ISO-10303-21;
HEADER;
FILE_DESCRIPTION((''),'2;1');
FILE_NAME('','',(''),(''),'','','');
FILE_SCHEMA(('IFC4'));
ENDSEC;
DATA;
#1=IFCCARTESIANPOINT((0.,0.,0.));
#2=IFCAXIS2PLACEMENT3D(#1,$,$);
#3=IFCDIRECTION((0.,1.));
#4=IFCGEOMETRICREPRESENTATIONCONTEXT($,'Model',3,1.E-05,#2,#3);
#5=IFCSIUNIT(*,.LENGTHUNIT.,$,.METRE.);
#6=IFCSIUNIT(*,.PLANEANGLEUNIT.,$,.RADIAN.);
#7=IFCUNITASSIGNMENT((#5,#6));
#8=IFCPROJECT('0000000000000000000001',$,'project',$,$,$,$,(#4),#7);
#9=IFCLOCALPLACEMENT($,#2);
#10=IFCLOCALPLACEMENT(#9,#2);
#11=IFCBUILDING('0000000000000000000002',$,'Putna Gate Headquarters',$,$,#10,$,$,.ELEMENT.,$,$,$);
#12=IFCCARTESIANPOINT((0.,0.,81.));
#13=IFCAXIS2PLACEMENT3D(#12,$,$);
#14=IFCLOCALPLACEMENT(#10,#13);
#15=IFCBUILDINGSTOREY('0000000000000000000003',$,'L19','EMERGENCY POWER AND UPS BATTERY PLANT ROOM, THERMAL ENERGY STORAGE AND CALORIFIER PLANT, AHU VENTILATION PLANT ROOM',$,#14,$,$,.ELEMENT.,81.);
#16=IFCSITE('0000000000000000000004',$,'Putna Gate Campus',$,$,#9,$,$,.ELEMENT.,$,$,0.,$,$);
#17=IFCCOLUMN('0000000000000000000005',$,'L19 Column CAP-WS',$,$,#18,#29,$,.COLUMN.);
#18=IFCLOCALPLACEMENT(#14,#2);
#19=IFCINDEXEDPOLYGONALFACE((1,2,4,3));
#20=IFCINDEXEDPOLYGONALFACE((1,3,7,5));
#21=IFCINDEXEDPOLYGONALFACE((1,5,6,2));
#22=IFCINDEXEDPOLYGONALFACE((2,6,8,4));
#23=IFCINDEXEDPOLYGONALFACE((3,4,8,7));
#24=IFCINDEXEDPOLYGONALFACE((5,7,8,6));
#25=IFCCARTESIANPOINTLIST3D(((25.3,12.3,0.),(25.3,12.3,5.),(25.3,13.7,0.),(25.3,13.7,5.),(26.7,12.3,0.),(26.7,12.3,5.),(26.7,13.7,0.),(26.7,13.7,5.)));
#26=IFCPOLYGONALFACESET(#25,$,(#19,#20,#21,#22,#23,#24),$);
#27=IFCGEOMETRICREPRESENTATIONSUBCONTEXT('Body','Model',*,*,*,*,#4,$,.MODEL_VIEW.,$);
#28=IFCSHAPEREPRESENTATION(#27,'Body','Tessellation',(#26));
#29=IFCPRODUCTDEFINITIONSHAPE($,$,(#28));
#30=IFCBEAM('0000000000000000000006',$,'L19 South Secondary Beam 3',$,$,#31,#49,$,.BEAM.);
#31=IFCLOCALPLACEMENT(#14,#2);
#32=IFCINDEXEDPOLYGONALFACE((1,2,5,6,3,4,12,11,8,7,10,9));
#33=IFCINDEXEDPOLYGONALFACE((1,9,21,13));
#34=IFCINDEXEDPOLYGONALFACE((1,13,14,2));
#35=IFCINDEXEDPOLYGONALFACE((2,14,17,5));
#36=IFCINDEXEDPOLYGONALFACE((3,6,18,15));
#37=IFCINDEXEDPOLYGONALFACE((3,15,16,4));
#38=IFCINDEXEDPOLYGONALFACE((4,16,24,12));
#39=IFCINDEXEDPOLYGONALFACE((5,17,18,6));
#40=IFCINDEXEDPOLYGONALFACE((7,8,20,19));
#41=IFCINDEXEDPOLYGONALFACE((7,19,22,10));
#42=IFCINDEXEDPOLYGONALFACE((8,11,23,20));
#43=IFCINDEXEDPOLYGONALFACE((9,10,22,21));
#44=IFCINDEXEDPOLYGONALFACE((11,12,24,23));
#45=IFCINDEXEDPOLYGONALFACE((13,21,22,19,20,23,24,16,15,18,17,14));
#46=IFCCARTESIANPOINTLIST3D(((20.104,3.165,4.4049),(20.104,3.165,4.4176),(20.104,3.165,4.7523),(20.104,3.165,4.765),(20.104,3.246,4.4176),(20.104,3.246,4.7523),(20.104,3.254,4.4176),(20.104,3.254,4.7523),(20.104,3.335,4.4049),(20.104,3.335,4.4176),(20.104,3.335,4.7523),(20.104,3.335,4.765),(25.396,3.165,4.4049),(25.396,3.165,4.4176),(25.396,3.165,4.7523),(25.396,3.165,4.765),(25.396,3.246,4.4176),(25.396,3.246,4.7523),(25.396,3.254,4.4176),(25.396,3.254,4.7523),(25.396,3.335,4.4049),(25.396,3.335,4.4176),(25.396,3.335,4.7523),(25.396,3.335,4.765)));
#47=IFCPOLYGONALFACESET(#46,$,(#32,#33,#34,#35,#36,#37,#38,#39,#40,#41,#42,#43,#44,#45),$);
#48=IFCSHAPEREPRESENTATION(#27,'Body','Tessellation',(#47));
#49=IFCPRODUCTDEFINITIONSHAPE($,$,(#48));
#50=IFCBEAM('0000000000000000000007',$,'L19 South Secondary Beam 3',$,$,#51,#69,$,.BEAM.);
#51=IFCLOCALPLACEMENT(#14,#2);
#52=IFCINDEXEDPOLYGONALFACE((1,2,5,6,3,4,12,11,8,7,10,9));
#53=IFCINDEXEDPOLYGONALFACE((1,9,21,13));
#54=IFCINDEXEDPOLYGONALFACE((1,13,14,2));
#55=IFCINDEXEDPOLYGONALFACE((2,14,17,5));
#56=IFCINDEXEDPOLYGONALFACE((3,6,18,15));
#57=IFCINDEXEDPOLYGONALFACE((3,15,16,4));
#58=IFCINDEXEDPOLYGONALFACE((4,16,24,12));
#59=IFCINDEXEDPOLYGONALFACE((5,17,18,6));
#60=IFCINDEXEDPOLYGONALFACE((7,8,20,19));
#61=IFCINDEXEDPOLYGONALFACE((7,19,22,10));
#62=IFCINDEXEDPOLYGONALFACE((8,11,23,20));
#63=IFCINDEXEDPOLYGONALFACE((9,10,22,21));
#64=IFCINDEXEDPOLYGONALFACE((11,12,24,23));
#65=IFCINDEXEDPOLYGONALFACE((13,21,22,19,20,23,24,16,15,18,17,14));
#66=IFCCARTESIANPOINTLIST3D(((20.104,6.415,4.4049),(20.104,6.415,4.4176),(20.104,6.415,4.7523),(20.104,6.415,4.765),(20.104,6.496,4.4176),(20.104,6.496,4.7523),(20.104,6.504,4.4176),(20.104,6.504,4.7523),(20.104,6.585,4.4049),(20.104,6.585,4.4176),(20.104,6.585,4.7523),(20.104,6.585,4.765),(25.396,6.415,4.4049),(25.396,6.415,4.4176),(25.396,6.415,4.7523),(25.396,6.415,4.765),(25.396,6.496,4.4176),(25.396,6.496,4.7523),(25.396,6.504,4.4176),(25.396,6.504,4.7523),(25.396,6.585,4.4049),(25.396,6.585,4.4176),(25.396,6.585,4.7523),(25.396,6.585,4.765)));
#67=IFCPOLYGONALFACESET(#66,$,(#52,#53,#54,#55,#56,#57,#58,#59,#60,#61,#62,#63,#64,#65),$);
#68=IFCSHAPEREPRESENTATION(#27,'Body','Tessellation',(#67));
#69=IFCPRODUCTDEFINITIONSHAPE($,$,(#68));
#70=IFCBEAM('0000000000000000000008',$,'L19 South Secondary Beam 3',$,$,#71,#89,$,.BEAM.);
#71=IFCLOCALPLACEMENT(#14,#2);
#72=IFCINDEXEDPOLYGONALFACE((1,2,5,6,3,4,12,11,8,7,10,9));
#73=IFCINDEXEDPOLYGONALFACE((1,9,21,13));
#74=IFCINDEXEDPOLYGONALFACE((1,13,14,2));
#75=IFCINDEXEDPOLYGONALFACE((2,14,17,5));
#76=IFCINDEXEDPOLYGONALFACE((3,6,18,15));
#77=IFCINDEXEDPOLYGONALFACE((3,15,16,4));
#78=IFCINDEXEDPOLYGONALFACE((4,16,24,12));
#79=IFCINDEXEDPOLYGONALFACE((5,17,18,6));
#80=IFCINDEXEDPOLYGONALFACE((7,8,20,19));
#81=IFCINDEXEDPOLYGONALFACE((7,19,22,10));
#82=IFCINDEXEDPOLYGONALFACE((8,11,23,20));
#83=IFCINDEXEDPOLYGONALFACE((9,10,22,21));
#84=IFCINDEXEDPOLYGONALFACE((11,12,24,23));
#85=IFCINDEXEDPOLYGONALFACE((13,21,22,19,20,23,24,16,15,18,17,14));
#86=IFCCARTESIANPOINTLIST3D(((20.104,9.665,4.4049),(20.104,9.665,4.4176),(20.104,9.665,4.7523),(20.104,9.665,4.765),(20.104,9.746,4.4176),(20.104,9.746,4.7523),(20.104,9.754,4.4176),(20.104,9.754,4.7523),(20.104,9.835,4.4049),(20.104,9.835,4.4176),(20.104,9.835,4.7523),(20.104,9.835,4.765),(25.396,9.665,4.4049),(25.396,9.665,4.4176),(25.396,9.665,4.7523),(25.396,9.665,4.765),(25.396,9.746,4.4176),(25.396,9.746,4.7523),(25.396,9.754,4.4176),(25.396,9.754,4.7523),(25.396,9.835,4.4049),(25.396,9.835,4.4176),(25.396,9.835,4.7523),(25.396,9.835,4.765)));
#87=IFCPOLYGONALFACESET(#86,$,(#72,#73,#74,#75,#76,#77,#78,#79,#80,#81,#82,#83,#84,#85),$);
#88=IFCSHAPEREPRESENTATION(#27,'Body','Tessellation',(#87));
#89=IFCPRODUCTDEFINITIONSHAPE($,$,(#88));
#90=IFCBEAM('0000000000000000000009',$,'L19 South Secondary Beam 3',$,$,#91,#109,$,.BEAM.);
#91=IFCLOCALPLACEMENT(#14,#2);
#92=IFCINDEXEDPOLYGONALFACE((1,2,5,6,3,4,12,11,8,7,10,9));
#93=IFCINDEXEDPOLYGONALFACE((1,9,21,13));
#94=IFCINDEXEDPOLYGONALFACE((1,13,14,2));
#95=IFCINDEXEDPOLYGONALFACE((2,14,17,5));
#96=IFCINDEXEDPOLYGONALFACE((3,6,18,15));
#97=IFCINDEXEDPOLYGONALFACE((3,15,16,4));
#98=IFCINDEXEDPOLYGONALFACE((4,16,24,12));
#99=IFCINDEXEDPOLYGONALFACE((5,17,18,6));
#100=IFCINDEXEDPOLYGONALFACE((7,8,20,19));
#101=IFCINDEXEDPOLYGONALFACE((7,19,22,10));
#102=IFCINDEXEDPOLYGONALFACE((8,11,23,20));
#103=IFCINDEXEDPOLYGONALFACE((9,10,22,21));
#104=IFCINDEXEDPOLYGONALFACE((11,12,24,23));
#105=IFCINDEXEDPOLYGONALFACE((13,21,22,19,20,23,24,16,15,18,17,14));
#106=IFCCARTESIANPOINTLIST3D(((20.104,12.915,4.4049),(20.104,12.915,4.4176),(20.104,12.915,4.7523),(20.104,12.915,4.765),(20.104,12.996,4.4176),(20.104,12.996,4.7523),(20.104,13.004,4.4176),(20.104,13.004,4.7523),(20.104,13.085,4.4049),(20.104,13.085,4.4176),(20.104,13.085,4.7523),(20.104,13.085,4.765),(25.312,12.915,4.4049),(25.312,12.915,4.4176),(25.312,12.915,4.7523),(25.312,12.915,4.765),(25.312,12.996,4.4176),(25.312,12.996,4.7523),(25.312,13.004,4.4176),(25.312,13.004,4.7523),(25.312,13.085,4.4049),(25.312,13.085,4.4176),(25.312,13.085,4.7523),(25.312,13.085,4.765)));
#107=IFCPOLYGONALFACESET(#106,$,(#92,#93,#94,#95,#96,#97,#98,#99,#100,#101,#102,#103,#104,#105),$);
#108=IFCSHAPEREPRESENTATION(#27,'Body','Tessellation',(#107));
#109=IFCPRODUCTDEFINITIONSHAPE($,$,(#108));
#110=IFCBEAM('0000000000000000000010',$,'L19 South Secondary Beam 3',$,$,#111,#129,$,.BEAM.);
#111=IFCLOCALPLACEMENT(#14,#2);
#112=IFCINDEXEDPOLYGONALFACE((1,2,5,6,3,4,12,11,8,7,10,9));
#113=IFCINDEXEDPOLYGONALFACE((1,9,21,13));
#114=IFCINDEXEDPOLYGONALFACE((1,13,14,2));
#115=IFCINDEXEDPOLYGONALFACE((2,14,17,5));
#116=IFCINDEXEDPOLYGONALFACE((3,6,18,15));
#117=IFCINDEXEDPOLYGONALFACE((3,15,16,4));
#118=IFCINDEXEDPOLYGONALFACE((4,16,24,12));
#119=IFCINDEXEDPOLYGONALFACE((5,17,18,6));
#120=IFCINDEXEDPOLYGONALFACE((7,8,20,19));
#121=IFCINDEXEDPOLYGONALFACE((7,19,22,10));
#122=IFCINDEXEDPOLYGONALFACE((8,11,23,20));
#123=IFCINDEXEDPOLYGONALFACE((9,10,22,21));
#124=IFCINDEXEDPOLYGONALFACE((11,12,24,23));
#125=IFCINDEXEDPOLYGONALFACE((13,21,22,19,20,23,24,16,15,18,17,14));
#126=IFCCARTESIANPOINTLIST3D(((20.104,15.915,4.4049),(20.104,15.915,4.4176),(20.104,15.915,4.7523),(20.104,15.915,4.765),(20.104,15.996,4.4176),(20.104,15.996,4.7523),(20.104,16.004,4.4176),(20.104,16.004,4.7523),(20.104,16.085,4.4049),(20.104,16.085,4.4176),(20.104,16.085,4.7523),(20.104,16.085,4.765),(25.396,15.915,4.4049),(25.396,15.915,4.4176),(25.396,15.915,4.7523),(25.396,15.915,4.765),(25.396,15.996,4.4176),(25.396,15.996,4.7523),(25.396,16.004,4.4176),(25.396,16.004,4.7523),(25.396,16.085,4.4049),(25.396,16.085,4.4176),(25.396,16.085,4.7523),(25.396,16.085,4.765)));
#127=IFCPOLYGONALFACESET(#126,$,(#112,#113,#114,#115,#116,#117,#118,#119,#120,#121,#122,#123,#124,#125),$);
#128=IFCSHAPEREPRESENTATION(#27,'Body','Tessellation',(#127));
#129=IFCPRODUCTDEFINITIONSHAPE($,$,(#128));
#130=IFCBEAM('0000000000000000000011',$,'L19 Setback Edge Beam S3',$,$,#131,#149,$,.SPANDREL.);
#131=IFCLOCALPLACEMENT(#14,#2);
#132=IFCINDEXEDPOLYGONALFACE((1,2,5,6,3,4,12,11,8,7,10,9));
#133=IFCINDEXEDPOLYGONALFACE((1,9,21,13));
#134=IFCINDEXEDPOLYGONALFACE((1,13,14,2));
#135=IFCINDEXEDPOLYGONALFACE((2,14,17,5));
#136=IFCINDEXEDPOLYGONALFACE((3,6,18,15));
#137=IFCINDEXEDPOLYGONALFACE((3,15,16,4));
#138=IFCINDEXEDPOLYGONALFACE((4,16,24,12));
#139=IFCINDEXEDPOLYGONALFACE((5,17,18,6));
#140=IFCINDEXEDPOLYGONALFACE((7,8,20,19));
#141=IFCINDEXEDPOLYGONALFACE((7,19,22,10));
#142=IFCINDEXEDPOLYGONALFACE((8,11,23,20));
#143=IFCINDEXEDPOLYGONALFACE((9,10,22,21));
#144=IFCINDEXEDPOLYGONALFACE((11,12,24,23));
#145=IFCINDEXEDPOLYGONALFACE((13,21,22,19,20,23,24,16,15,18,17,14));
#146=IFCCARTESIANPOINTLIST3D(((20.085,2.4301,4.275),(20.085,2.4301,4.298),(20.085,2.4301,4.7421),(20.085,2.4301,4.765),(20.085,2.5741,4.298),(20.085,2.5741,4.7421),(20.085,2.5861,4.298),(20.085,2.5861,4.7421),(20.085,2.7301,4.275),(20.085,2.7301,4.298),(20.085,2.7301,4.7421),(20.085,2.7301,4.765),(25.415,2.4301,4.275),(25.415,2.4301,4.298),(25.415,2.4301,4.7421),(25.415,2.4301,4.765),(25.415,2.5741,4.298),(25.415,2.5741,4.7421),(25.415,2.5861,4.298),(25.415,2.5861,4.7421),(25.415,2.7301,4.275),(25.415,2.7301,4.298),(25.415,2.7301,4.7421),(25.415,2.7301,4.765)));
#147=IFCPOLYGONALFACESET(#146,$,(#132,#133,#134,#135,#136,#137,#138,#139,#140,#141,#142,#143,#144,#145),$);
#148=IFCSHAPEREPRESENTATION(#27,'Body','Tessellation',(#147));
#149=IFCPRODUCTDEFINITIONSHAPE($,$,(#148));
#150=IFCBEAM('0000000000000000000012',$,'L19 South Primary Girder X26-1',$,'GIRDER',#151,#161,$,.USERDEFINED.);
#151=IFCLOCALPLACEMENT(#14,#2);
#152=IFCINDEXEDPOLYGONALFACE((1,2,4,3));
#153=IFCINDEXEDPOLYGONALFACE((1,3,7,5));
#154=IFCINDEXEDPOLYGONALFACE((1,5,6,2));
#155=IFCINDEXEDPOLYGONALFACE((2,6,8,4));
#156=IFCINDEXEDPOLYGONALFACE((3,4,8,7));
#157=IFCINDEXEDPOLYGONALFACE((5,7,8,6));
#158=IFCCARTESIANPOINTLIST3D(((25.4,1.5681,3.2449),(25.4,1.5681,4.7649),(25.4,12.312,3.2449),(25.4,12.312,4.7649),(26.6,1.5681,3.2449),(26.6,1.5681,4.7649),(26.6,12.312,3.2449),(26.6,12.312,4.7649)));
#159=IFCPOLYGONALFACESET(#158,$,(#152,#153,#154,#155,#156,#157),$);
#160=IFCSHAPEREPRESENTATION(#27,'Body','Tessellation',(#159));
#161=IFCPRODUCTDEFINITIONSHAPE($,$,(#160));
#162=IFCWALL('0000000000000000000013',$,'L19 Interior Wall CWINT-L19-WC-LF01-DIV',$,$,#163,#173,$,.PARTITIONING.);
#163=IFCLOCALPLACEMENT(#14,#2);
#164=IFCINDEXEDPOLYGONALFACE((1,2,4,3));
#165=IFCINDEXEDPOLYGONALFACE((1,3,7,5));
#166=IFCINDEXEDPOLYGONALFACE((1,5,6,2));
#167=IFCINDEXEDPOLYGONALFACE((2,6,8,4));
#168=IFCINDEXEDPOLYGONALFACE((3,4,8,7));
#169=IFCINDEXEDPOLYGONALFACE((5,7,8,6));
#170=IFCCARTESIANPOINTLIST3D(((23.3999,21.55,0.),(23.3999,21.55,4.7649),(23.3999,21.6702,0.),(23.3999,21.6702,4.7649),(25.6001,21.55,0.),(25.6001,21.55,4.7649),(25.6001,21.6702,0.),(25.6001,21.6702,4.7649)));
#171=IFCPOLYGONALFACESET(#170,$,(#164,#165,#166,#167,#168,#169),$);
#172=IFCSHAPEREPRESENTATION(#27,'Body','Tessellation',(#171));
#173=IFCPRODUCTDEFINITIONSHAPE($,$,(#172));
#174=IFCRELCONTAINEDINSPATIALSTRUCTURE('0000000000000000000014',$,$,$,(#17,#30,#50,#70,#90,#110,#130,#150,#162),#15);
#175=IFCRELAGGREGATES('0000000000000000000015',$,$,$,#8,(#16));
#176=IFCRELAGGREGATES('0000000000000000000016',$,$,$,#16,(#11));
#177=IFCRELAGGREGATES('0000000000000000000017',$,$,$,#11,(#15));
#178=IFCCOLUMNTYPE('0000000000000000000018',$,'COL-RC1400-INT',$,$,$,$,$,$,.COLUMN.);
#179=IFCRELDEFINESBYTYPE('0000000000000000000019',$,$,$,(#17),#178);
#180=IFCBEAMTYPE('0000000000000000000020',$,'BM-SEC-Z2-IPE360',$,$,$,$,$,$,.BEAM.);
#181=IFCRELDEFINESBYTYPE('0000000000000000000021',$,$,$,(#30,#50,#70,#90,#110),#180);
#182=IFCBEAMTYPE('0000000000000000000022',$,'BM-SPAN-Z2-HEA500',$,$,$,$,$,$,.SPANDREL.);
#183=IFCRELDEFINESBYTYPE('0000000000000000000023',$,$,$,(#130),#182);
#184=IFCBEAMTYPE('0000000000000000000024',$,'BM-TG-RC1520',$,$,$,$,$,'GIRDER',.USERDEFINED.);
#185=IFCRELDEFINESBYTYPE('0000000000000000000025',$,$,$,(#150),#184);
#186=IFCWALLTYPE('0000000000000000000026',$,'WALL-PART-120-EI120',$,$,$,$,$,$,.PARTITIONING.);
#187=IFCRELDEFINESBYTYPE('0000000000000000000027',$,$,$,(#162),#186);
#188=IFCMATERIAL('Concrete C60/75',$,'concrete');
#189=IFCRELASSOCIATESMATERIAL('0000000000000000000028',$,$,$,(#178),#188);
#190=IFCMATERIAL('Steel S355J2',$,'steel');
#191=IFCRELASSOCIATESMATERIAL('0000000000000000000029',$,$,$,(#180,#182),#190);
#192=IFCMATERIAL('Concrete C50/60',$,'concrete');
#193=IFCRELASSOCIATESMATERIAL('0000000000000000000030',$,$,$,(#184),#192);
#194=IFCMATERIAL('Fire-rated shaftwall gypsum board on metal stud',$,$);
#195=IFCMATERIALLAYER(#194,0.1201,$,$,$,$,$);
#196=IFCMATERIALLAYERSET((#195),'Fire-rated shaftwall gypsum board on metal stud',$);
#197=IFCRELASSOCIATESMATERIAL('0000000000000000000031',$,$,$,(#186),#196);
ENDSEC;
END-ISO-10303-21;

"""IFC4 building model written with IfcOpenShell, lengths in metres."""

from ifc_helpers import new_model, si_unit, direction, frame, frame_2d, origin, origin_2d, place, context, subcontext, project, spatial, rectangle, i_section, extrude, material, layer, layer_set, material_profile, profile_set, type_object, element, save


model = new_model("IFC4")

# Units and contexts
model_context = context("Model", 3, precision=1e-05, world=origin(), true_north=direction((0.0, 1.0)))
body_context = subcontext(model_context, "Body", "Model", "MODEL_VIEW")
ifc_project = project(units=[si_unit("LENGTHUNIT", "METRE"), si_unit("PLANEANGLEUNIT", "RADIAN")], contexts=[model_context])

# Site, building, storey
site_placement = place(None, origin())
site = spatial("IfcSite", under=ifc_project, at=site_placement, Name="Putna Gate Campus", CompositionType="ELEMENT", RefElevation=0.0)
building_placement = place(site_placement, origin())
building = spatial("IfcBuilding", under=site, at=building_placement, Name="Putna Gate Headquarters", CompositionType="ELEMENT")
storey_placement = place(building_placement, frame((0.0, 0.0, 81.0)))
storey = spatial("IfcBuildingStorey", under=building, at=storey_placement, Name="L19", Description="EMERGENCY POWER AND UPS BATTERY PLANT ROOM, THERMAL ENERGY STORAGE AND CALORIFIER PLANT, AHU VENTILATION PLANT ROOM", CompositionType="ELEMENT", Elevation=81.0)

# Column
ifc_material_1 = material(Name="Concrete C60/75", Category="concrete")
ifc_material_profile_1 = material_profile(ifc_material_1, rectangle(XDim=1.3999, YDim=1.3999, at=origin_2d()), Name="Concrete C60/75")
ifc_profile_set_1 = profile_set([ifc_material_profile_1], Name="Concrete C60/75")
column_type = type_object("IfcColumnType", Name="COL-RC1400-INT", PredefinedType="COLUMN", material=ifc_profile_set_1)
column_placement = place(storey_placement, frame((26.0, 13.0, 0.0), z_axis=(0.0, 0.0, 1.0), x_axis=(1.0, 0.0, 0.0)))
element("IfcColumn", 1, at=column_placement, inside=storey, type_object=column_type, Name="L19 Column CAP-WS", PredefinedType="COLUMN", context=body_context, shape_type="SweptSolid", body=[
    extrude(rectangle(XDim=1.3999, YDim=1.3999, at=origin_2d()), origin(), (0.0, 0.0, 1.0), 5.0),
])

# Beams
ifc_material_2 = material(Name="Steel S355J2", Category="steel")
ifc_material_profile_2 = material_profile(ifc_material_2, i_section(OverallWidth=0.1699, OverallDepth=0.3601, WebThickness=0.0081, FlangeThickness=0.0127, at=origin_2d()), Name="Steel S355J2")
ifc_profile_set_2 = profile_set([ifc_material_profile_2], Name="Steel S355J2")
beam_type_1 = type_object("IfcBeamType", Name="BM-SEC-Z2-IPE360", PredefinedType="BEAM", material=ifc_profile_set_2)
for number, where, z_axis, x_axis, name in (
    (2, (20.104, 3.25, 4.585), (1.0, 0.0, 0.0), (0.0, 1.0, 0.0), "L19 South Secondary Beam 3"),
    (3, (20.104, 6.5, 4.585), (1.0, 0.0, 0.0), (0.0, 1.0, 0.0), "L19 South Secondary Beam 3"),
    (4, (20.104, 9.75, 4.585), (1.0, 0.0, 0.0), (0.0, 1.0, 0.0), "L19 South Secondary Beam 3"),
):
    element("IfcBeam", number, at=place(storey_placement, frame(where, z_axis=z_axis, x_axis=x_axis)), inside=storey, type_object=beam_type_1, Name=name, PredefinedType="BEAM", context=body_context, shape_type="SweptSolid", body=[
        extrude(i_section(OverallWidth=0.1699, OverallDepth=0.3601, WebThickness=0.0081, FlangeThickness=0.0127, at=origin_2d()), origin(), (0.0, 0.0, 1.0), 5.292),
    ])
beam_1_placement = place(storey_placement, frame((20.104, 13.0, 4.585), z_axis=(1.0, 0.0, 0.0), x_axis=(0.0, 1.0, 0.0)))
element("IfcBeam", 5, at=beam_1_placement, inside=storey, type_object=beam_type_1, Name="L19 South Secondary Beam 3", PredefinedType="BEAM", context=body_context, shape_type="SweptSolid", body=[
    extrude(i_section(OverallWidth=0.1699, OverallDepth=0.3601, WebThickness=0.0081, FlangeThickness=0.0127, at=origin_2d()), origin(), (0.0, 0.0, 1.0), 5.208),
])
beam_2_placement = place(storey_placement, frame((20.104, 16.0, 4.585), z_axis=(1.0, 0.0, 0.0), x_axis=(0.0, 1.0, 0.0)))
element("IfcBeam", 6, at=beam_2_placement, inside=storey, type_object=beam_type_1, Name="L19 South Secondary Beam 3", PredefinedType="BEAM", context=body_context, shape_type="SweptSolid", body=[
    extrude(i_section(OverallWidth=0.1699, OverallDepth=0.3601, WebThickness=0.0081, FlangeThickness=0.0127, at=origin_2d()), origin(), (0.0, 0.0, 1.0), 5.292),
])
ifc_material_profile_3 = material_profile(ifc_material_2, i_section(OverallWidth=0.3, OverallDepth=0.49, WebThickness=0.012, FlangeThickness=0.0229, at=origin_2d()), Name="Steel S355J2")
ifc_profile_set_3 = profile_set([ifc_material_profile_3], Name="Steel S355J2")
beam_type_2 = type_object("IfcBeamType", Name="BM-SPAN-Z2-HEA500", PredefinedType="SPANDREL", material=ifc_profile_set_3)
beam_3_placement = place(storey_placement, frame((20.085, 2.5801, 4.52), z_axis=(1.0, 0.0, 0.0), x_axis=(0.0, 1.0, 0.0)))
element("IfcBeam", 7, at=beam_3_placement, inside=storey, type_object=beam_type_2, Name="L19 Setback Edge Beam S3", PredefinedType="SPANDREL", context=body_context, shape_type="SweptSolid", body=[
    extrude(i_section(OverallWidth=0.3, OverallDepth=0.49, WebThickness=0.012, FlangeThickness=0.0229, at=origin_2d()), origin(), (0.0, 0.0, 1.0), 5.3301),
])
ifc_material_3 = material(Name="Concrete C50/60", Category="concrete")
ifc_material_profile_4 = material_profile(ifc_material_3, rectangle(XDim=1.2, YDim=1.52, at=origin_2d()), Name="Concrete C50/60")
ifc_profile_set_4 = profile_set([ifc_material_profile_4], Name="Concrete C50/60")
beam_type_3 = type_object("IfcBeamType", Name="BM-TG-RC1520", ElementType="GIRDER", PredefinedType="USERDEFINED", material=ifc_profile_set_4)
beam_4_placement = place(storey_placement, frame((26.0, 1.5681, 4.0049), z_axis=(0.0, 1.0, 0.0), x_axis=(-1.0, 0.0, 0.0)))
element("IfcBeam", 8, at=beam_4_placement, inside=storey, type_object=beam_type_3, Name="L19 South Primary Girder X26-1", ObjectType="GIRDER", PredefinedType="USERDEFINED", context=body_context, shape_type="SweptSolid", body=[
    extrude(rectangle(XDim=1.2, YDim=1.52, at=origin_2d()), origin(), (0.0, 0.0, 1.0), 10.7439),
])

# Wall
ifc_material_4 = material(Name="Fire-rated shaftwall gypsum board on metal stud")
ifc_layer_1 = layer(ifc_material_4, 0.1201)
ifc_layer_set_1 = layer_set([ifc_layer_1], Name="Fire-rated shaftwall gypsum board on metal stud")
wall_type_1 = type_object("IfcWallType", Name="WALL-PART-120-EI120", PredefinedType="PARTITIONING", material=ifc_layer_set_1)
wall_1_placement = place(storey_placement, frame((23.3999, 21.6101, 0.0), z_axis=(0.0, 0.0, 1.0), x_axis=(1.0, 0.0, 0.0)))
element("IfcWall", 9, at=wall_1_placement, inside=storey, type_object=wall_type_1, Name="L19 Interior Wall CWINT-L19-WC-LF01-DIV", PredefinedType="PARTITIONING", context=body_context, shape_type="SweptSolid", body=[
    extrude(rectangle(XDim=2.2002, YDim=0.1201, at=frame_2d((1.1001, 0.0))), origin(), (0.0, 0.0, 1.0), 4.7649),
])

save(model, "model.ifc")
